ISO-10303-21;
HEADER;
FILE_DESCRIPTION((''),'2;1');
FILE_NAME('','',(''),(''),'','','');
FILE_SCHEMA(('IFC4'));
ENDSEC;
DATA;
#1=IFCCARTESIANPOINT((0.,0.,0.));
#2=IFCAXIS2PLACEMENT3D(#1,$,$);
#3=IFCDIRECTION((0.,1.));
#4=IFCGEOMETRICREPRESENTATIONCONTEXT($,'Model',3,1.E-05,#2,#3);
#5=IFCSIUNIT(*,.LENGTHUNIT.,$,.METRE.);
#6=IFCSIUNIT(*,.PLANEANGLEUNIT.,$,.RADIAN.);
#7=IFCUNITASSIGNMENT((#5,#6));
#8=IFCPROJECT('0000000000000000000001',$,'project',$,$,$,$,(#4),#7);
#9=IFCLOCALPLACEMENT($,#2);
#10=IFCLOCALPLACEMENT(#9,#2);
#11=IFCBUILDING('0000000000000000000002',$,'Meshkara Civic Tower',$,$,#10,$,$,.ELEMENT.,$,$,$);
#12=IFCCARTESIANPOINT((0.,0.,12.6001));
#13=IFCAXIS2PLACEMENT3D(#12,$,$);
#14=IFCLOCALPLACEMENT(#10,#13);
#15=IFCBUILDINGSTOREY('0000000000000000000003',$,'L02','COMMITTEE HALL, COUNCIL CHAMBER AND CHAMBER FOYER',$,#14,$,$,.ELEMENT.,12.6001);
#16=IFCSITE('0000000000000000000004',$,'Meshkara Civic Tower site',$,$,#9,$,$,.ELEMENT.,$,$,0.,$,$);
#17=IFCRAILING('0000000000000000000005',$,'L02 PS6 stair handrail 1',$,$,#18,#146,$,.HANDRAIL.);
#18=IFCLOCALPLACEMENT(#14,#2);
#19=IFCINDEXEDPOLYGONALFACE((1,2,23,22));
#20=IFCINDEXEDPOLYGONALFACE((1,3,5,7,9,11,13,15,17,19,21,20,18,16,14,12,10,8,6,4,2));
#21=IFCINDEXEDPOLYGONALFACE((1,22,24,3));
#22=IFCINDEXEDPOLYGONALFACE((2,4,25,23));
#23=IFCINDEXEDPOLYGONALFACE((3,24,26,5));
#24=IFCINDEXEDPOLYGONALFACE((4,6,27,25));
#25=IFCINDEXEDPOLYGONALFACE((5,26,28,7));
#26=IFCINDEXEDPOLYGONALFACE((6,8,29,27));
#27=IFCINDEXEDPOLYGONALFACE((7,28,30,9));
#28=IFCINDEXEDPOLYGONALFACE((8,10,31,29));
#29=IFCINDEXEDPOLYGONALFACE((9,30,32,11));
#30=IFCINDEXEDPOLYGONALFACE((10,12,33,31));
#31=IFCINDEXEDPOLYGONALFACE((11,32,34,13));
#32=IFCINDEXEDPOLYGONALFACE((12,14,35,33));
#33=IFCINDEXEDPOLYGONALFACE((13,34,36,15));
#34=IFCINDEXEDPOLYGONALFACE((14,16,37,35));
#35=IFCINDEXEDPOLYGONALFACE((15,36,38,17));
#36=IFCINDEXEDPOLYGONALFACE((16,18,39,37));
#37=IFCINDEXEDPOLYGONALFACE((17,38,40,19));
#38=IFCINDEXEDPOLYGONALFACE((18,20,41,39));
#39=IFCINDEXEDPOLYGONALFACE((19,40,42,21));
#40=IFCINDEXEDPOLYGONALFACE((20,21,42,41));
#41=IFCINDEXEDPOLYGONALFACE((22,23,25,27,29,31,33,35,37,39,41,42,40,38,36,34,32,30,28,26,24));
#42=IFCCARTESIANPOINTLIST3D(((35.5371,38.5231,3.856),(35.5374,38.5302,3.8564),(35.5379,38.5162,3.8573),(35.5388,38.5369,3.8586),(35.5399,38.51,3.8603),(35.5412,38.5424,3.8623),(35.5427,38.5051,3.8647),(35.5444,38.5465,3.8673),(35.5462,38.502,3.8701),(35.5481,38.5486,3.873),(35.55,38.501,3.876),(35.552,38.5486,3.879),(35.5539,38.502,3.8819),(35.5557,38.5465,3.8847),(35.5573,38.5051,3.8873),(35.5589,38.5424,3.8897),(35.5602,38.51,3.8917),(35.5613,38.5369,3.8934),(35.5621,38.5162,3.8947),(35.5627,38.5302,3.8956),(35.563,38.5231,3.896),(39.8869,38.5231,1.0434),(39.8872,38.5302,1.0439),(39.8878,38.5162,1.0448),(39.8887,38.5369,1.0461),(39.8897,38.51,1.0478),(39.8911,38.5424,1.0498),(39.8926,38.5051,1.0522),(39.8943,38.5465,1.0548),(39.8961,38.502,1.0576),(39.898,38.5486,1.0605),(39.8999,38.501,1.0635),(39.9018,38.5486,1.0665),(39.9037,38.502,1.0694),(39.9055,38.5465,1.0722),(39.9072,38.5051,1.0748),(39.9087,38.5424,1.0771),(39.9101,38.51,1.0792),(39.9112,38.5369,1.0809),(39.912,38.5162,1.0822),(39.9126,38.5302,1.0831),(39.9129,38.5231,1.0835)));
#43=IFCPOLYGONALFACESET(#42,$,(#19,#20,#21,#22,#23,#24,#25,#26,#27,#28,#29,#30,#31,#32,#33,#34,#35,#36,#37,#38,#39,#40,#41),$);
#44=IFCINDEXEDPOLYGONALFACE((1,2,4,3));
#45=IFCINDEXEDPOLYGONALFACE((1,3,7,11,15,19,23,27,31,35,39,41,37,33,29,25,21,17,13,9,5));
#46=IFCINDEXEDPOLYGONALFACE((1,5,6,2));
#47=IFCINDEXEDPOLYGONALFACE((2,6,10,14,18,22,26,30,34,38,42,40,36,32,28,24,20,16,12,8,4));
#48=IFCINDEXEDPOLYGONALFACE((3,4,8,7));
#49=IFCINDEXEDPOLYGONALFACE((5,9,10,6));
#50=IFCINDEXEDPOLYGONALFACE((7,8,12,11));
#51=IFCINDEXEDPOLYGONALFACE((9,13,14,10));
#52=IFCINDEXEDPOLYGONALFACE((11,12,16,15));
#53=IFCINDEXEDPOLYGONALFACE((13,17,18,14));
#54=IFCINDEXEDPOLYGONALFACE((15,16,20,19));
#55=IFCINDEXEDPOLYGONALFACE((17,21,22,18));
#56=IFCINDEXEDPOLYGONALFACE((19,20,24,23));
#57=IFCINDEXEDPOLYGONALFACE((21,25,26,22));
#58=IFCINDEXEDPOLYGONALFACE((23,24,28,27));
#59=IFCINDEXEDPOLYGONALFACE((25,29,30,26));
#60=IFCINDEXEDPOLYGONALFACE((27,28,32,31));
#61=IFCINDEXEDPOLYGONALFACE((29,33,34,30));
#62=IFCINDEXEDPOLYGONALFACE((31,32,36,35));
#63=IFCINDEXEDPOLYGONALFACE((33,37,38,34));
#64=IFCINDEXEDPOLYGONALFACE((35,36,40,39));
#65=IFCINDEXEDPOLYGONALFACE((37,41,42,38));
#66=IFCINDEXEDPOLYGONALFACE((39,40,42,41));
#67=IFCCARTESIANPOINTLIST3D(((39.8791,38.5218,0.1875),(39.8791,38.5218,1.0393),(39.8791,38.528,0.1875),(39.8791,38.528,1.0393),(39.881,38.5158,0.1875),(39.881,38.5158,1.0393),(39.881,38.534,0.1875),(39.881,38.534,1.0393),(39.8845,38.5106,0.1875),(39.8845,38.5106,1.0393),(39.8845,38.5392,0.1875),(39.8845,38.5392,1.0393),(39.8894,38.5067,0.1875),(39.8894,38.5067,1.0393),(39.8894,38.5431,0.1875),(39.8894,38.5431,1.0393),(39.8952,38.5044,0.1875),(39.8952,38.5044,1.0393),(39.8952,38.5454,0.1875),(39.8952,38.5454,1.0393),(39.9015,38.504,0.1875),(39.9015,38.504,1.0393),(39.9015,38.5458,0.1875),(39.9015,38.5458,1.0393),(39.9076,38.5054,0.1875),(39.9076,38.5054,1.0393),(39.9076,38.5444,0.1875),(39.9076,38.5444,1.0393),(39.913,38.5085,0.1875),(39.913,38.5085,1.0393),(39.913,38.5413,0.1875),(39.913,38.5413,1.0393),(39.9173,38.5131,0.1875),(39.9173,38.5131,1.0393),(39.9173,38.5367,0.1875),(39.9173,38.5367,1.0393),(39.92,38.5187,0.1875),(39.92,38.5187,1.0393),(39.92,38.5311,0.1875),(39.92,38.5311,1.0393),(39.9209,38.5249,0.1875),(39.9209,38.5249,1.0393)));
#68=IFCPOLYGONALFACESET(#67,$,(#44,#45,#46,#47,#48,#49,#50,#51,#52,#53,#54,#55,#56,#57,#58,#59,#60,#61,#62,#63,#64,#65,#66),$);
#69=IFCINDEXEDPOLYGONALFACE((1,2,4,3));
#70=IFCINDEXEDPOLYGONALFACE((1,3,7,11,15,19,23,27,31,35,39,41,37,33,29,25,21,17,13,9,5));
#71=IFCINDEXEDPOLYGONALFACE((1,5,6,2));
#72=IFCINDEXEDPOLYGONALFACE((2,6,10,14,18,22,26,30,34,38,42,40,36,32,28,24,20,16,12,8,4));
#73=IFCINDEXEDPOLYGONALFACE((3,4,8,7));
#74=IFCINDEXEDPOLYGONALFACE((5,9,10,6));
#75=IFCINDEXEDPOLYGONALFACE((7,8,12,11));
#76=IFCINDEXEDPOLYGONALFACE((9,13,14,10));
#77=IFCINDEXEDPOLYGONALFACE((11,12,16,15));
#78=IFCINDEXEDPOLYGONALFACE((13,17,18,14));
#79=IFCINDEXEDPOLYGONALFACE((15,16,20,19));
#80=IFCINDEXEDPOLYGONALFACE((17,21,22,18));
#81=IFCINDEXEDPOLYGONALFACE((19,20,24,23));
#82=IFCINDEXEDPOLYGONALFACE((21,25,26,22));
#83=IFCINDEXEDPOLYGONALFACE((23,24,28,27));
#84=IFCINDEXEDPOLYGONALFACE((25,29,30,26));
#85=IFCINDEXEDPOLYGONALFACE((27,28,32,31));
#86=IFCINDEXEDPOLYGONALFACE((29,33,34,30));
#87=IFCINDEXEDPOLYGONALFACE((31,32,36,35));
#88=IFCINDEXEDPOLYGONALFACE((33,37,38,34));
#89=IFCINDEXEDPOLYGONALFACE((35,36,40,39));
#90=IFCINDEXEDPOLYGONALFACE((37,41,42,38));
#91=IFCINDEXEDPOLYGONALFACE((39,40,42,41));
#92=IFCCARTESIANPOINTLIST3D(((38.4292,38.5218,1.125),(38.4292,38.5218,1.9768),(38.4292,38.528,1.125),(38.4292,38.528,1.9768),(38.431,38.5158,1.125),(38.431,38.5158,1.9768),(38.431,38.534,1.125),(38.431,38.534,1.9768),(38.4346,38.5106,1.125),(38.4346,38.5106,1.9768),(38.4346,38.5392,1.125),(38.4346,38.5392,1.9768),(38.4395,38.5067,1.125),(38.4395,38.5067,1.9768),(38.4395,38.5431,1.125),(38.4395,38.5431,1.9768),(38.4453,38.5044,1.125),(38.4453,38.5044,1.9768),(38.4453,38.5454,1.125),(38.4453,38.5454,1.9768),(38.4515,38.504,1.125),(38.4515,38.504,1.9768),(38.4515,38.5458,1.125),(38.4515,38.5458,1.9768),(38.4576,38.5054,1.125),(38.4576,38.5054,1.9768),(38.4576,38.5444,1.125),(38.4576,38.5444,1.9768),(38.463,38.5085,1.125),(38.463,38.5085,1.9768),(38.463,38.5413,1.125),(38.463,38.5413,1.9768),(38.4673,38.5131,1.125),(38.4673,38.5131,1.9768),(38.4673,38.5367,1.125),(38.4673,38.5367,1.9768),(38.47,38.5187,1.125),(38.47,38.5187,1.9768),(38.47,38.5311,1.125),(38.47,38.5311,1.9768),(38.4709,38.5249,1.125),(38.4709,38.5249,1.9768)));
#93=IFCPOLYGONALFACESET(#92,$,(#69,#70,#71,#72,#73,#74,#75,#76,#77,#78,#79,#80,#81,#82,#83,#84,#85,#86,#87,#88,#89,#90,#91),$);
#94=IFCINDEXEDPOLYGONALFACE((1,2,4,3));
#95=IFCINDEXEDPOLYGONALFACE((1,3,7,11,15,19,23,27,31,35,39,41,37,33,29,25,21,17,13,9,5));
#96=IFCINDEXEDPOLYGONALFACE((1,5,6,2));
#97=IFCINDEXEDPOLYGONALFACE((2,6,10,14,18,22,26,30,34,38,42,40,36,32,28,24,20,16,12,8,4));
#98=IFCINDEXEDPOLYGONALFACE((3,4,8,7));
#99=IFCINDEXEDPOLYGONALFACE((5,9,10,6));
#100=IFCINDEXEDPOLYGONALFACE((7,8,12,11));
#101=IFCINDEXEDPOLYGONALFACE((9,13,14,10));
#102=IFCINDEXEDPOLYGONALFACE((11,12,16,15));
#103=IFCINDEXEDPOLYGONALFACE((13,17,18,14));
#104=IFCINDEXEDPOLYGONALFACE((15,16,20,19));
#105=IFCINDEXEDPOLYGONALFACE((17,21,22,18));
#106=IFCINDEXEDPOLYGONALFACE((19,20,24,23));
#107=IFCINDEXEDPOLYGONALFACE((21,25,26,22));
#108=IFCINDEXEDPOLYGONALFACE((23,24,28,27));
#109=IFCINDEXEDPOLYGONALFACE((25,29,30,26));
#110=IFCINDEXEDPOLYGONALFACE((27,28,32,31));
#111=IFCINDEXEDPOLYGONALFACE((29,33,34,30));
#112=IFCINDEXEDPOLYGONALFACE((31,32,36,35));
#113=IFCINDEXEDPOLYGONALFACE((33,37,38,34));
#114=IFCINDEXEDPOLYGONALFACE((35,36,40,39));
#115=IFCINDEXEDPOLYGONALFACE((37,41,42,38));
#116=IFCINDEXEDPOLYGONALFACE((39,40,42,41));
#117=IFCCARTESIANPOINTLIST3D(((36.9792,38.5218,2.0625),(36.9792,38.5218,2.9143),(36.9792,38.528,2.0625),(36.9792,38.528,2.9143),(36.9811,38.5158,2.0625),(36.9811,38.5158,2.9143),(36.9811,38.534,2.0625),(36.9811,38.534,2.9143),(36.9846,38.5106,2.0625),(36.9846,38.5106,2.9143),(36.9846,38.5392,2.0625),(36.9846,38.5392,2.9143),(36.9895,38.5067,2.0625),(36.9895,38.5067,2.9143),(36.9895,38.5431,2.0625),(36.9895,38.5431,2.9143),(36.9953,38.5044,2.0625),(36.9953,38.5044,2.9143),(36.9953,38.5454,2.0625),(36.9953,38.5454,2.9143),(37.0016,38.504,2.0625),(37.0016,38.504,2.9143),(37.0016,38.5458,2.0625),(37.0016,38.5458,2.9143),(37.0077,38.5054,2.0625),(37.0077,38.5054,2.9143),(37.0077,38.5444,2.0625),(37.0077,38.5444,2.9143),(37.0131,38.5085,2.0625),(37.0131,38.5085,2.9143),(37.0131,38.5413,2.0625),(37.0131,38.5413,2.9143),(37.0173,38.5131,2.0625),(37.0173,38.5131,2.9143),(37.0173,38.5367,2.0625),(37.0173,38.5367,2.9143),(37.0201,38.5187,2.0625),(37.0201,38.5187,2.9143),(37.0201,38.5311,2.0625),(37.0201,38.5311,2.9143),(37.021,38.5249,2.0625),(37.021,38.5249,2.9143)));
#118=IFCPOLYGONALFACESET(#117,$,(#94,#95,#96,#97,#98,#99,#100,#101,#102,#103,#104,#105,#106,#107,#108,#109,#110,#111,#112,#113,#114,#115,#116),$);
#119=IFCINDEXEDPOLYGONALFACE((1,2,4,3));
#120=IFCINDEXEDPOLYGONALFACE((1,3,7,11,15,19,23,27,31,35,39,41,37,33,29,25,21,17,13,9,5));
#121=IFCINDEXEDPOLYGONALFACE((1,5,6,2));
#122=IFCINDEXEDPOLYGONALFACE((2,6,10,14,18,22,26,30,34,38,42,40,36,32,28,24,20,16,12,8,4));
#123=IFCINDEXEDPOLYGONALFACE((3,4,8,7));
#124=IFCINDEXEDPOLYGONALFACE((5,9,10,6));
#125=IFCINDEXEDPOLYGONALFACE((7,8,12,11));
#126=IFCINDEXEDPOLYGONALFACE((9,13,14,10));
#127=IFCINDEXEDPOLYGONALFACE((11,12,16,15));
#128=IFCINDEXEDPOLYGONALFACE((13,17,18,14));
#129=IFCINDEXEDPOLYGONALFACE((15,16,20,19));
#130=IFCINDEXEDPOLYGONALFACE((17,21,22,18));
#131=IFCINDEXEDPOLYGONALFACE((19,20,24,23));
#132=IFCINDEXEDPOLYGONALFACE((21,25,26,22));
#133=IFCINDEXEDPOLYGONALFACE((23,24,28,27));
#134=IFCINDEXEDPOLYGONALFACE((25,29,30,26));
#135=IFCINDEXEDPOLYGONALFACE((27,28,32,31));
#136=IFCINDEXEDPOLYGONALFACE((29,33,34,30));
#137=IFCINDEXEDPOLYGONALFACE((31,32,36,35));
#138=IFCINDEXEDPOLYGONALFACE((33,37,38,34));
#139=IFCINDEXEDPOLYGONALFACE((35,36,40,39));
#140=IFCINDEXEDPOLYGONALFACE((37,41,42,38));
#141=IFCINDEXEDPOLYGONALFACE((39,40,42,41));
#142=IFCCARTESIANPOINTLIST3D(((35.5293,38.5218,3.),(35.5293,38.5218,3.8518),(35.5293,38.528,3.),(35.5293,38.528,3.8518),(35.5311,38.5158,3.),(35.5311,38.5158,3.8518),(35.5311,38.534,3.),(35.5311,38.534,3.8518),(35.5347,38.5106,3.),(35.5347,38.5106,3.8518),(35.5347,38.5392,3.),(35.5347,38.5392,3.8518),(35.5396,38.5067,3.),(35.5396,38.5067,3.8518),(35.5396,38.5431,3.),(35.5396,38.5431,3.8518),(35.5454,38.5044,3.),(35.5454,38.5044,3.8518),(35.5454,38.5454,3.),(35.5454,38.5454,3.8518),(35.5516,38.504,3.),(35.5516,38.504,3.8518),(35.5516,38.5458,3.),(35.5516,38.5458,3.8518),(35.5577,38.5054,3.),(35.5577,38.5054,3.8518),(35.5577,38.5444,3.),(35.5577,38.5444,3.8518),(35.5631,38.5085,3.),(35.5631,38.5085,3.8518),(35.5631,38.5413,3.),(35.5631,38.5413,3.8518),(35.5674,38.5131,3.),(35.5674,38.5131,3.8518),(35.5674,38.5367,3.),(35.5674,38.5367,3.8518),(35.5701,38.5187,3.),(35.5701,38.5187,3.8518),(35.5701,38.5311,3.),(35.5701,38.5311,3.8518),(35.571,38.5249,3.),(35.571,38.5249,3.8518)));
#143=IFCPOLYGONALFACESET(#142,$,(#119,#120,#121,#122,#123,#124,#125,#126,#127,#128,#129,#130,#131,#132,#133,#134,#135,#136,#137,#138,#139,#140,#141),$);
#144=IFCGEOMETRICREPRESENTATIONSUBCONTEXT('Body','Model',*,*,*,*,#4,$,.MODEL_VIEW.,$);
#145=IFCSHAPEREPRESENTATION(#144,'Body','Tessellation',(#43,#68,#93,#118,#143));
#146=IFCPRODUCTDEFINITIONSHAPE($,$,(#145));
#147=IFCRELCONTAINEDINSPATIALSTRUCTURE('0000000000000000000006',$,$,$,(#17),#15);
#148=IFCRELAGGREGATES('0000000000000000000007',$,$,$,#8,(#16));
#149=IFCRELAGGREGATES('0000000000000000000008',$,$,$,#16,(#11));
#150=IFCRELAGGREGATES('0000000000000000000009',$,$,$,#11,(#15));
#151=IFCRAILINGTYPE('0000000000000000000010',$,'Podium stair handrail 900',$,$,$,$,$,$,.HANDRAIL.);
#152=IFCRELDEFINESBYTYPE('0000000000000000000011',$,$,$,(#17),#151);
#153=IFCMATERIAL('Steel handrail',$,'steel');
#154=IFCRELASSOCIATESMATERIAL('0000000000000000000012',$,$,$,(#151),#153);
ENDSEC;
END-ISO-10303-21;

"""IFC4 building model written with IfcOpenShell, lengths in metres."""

from ifc_helpers import new_model, si_unit, direction, frame, origin, origin_2d, place, context, subcontext, project, spatial, circle, extrude, material, type_object, element, save


model = new_model("IFC4")

# Units and contexts
model_context = context("Model", 3, precision=1e-05, world=origin(), true_north=direction((0.0, 1.0)))
body_context = subcontext(model_context, "Body", "Model", "MODEL_VIEW")
ifc_project = project(units=[si_unit("LENGTHUNIT", "METRE"), si_unit("PLANEANGLEUNIT", "RADIAN")], contexts=[model_context])

# Site, building, storey
site_placement = place(None, origin())
site = spatial("IfcSite", under=ifc_project, at=site_placement, Name="Meshkara Civic Tower site", CompositionType="ELEMENT", RefElevation=0.0)
building_placement = place(site_placement, origin())
building = spatial("IfcBuilding", under=site, at=building_placement, Name="Meshkara Civic Tower", CompositionType="ELEMENT")
storey_placement = place(building_placement, frame((0.0, 0.0, 12.6001)))
storey = spatial("IfcBuildingStorey", under=building, at=storey_placement, Name="L02", Description="COMMITTEE HALL, COUNCIL CHAMBER AND CHAMBER FOYER", CompositionType="ELEMENT", Elevation=12.6001)

# Railing
ifc_material_1 = material(Name="Steel handrail", Category="steel")
railing_type_1 = type_object("IfcRailingType", Name="Podium stair handrail 900", PredefinedType="HANDRAIL", material=ifc_material_1)
railing_1_placement = place(storey_placement, frame((39.8999, 38.5249, 0.1875)))
element("IfcRailing", 1, at=railing_1_placement, inside=storey, type_object=railing_type_1, Name="L02 PS6 stair handrail 1", PredefinedType="HANDRAIL", context=body_context, shape_type="SweptSolid", body=[
    extrude(circle(Radius=0.0239, at=origin_2d()), frame((0.0, 0.0, 0.876), z_axis=(-0.839756, 0.0, 0.542964), x_axis=(0.0, -1.0, 0.0)), (0.0, 0.0, 1.0), 5.1799),
    extrude(circle(Radius=0.021, at=origin_2d()), origin(), (0.0, 0.0, 1.0), 0.8518),
    extrude(circle(Radius=0.021, at=origin_2d()), frame((-1.45, 0.0, 0.9375)), (0.0, 0.0, 1.0), 0.8518),
    extrude(circle(Radius=0.021, at=origin_2d()), frame((-2.8999, 0.0, 1.875)), (0.0, 0.0, 1.0), 0.8518),
    extrude(circle(Radius=0.021, at=origin_2d()), frame((-4.3499, 0.0, 2.8125)), (0.0, 0.0, 1.0), 0.8518),
])

save(model, "model.ifc")
